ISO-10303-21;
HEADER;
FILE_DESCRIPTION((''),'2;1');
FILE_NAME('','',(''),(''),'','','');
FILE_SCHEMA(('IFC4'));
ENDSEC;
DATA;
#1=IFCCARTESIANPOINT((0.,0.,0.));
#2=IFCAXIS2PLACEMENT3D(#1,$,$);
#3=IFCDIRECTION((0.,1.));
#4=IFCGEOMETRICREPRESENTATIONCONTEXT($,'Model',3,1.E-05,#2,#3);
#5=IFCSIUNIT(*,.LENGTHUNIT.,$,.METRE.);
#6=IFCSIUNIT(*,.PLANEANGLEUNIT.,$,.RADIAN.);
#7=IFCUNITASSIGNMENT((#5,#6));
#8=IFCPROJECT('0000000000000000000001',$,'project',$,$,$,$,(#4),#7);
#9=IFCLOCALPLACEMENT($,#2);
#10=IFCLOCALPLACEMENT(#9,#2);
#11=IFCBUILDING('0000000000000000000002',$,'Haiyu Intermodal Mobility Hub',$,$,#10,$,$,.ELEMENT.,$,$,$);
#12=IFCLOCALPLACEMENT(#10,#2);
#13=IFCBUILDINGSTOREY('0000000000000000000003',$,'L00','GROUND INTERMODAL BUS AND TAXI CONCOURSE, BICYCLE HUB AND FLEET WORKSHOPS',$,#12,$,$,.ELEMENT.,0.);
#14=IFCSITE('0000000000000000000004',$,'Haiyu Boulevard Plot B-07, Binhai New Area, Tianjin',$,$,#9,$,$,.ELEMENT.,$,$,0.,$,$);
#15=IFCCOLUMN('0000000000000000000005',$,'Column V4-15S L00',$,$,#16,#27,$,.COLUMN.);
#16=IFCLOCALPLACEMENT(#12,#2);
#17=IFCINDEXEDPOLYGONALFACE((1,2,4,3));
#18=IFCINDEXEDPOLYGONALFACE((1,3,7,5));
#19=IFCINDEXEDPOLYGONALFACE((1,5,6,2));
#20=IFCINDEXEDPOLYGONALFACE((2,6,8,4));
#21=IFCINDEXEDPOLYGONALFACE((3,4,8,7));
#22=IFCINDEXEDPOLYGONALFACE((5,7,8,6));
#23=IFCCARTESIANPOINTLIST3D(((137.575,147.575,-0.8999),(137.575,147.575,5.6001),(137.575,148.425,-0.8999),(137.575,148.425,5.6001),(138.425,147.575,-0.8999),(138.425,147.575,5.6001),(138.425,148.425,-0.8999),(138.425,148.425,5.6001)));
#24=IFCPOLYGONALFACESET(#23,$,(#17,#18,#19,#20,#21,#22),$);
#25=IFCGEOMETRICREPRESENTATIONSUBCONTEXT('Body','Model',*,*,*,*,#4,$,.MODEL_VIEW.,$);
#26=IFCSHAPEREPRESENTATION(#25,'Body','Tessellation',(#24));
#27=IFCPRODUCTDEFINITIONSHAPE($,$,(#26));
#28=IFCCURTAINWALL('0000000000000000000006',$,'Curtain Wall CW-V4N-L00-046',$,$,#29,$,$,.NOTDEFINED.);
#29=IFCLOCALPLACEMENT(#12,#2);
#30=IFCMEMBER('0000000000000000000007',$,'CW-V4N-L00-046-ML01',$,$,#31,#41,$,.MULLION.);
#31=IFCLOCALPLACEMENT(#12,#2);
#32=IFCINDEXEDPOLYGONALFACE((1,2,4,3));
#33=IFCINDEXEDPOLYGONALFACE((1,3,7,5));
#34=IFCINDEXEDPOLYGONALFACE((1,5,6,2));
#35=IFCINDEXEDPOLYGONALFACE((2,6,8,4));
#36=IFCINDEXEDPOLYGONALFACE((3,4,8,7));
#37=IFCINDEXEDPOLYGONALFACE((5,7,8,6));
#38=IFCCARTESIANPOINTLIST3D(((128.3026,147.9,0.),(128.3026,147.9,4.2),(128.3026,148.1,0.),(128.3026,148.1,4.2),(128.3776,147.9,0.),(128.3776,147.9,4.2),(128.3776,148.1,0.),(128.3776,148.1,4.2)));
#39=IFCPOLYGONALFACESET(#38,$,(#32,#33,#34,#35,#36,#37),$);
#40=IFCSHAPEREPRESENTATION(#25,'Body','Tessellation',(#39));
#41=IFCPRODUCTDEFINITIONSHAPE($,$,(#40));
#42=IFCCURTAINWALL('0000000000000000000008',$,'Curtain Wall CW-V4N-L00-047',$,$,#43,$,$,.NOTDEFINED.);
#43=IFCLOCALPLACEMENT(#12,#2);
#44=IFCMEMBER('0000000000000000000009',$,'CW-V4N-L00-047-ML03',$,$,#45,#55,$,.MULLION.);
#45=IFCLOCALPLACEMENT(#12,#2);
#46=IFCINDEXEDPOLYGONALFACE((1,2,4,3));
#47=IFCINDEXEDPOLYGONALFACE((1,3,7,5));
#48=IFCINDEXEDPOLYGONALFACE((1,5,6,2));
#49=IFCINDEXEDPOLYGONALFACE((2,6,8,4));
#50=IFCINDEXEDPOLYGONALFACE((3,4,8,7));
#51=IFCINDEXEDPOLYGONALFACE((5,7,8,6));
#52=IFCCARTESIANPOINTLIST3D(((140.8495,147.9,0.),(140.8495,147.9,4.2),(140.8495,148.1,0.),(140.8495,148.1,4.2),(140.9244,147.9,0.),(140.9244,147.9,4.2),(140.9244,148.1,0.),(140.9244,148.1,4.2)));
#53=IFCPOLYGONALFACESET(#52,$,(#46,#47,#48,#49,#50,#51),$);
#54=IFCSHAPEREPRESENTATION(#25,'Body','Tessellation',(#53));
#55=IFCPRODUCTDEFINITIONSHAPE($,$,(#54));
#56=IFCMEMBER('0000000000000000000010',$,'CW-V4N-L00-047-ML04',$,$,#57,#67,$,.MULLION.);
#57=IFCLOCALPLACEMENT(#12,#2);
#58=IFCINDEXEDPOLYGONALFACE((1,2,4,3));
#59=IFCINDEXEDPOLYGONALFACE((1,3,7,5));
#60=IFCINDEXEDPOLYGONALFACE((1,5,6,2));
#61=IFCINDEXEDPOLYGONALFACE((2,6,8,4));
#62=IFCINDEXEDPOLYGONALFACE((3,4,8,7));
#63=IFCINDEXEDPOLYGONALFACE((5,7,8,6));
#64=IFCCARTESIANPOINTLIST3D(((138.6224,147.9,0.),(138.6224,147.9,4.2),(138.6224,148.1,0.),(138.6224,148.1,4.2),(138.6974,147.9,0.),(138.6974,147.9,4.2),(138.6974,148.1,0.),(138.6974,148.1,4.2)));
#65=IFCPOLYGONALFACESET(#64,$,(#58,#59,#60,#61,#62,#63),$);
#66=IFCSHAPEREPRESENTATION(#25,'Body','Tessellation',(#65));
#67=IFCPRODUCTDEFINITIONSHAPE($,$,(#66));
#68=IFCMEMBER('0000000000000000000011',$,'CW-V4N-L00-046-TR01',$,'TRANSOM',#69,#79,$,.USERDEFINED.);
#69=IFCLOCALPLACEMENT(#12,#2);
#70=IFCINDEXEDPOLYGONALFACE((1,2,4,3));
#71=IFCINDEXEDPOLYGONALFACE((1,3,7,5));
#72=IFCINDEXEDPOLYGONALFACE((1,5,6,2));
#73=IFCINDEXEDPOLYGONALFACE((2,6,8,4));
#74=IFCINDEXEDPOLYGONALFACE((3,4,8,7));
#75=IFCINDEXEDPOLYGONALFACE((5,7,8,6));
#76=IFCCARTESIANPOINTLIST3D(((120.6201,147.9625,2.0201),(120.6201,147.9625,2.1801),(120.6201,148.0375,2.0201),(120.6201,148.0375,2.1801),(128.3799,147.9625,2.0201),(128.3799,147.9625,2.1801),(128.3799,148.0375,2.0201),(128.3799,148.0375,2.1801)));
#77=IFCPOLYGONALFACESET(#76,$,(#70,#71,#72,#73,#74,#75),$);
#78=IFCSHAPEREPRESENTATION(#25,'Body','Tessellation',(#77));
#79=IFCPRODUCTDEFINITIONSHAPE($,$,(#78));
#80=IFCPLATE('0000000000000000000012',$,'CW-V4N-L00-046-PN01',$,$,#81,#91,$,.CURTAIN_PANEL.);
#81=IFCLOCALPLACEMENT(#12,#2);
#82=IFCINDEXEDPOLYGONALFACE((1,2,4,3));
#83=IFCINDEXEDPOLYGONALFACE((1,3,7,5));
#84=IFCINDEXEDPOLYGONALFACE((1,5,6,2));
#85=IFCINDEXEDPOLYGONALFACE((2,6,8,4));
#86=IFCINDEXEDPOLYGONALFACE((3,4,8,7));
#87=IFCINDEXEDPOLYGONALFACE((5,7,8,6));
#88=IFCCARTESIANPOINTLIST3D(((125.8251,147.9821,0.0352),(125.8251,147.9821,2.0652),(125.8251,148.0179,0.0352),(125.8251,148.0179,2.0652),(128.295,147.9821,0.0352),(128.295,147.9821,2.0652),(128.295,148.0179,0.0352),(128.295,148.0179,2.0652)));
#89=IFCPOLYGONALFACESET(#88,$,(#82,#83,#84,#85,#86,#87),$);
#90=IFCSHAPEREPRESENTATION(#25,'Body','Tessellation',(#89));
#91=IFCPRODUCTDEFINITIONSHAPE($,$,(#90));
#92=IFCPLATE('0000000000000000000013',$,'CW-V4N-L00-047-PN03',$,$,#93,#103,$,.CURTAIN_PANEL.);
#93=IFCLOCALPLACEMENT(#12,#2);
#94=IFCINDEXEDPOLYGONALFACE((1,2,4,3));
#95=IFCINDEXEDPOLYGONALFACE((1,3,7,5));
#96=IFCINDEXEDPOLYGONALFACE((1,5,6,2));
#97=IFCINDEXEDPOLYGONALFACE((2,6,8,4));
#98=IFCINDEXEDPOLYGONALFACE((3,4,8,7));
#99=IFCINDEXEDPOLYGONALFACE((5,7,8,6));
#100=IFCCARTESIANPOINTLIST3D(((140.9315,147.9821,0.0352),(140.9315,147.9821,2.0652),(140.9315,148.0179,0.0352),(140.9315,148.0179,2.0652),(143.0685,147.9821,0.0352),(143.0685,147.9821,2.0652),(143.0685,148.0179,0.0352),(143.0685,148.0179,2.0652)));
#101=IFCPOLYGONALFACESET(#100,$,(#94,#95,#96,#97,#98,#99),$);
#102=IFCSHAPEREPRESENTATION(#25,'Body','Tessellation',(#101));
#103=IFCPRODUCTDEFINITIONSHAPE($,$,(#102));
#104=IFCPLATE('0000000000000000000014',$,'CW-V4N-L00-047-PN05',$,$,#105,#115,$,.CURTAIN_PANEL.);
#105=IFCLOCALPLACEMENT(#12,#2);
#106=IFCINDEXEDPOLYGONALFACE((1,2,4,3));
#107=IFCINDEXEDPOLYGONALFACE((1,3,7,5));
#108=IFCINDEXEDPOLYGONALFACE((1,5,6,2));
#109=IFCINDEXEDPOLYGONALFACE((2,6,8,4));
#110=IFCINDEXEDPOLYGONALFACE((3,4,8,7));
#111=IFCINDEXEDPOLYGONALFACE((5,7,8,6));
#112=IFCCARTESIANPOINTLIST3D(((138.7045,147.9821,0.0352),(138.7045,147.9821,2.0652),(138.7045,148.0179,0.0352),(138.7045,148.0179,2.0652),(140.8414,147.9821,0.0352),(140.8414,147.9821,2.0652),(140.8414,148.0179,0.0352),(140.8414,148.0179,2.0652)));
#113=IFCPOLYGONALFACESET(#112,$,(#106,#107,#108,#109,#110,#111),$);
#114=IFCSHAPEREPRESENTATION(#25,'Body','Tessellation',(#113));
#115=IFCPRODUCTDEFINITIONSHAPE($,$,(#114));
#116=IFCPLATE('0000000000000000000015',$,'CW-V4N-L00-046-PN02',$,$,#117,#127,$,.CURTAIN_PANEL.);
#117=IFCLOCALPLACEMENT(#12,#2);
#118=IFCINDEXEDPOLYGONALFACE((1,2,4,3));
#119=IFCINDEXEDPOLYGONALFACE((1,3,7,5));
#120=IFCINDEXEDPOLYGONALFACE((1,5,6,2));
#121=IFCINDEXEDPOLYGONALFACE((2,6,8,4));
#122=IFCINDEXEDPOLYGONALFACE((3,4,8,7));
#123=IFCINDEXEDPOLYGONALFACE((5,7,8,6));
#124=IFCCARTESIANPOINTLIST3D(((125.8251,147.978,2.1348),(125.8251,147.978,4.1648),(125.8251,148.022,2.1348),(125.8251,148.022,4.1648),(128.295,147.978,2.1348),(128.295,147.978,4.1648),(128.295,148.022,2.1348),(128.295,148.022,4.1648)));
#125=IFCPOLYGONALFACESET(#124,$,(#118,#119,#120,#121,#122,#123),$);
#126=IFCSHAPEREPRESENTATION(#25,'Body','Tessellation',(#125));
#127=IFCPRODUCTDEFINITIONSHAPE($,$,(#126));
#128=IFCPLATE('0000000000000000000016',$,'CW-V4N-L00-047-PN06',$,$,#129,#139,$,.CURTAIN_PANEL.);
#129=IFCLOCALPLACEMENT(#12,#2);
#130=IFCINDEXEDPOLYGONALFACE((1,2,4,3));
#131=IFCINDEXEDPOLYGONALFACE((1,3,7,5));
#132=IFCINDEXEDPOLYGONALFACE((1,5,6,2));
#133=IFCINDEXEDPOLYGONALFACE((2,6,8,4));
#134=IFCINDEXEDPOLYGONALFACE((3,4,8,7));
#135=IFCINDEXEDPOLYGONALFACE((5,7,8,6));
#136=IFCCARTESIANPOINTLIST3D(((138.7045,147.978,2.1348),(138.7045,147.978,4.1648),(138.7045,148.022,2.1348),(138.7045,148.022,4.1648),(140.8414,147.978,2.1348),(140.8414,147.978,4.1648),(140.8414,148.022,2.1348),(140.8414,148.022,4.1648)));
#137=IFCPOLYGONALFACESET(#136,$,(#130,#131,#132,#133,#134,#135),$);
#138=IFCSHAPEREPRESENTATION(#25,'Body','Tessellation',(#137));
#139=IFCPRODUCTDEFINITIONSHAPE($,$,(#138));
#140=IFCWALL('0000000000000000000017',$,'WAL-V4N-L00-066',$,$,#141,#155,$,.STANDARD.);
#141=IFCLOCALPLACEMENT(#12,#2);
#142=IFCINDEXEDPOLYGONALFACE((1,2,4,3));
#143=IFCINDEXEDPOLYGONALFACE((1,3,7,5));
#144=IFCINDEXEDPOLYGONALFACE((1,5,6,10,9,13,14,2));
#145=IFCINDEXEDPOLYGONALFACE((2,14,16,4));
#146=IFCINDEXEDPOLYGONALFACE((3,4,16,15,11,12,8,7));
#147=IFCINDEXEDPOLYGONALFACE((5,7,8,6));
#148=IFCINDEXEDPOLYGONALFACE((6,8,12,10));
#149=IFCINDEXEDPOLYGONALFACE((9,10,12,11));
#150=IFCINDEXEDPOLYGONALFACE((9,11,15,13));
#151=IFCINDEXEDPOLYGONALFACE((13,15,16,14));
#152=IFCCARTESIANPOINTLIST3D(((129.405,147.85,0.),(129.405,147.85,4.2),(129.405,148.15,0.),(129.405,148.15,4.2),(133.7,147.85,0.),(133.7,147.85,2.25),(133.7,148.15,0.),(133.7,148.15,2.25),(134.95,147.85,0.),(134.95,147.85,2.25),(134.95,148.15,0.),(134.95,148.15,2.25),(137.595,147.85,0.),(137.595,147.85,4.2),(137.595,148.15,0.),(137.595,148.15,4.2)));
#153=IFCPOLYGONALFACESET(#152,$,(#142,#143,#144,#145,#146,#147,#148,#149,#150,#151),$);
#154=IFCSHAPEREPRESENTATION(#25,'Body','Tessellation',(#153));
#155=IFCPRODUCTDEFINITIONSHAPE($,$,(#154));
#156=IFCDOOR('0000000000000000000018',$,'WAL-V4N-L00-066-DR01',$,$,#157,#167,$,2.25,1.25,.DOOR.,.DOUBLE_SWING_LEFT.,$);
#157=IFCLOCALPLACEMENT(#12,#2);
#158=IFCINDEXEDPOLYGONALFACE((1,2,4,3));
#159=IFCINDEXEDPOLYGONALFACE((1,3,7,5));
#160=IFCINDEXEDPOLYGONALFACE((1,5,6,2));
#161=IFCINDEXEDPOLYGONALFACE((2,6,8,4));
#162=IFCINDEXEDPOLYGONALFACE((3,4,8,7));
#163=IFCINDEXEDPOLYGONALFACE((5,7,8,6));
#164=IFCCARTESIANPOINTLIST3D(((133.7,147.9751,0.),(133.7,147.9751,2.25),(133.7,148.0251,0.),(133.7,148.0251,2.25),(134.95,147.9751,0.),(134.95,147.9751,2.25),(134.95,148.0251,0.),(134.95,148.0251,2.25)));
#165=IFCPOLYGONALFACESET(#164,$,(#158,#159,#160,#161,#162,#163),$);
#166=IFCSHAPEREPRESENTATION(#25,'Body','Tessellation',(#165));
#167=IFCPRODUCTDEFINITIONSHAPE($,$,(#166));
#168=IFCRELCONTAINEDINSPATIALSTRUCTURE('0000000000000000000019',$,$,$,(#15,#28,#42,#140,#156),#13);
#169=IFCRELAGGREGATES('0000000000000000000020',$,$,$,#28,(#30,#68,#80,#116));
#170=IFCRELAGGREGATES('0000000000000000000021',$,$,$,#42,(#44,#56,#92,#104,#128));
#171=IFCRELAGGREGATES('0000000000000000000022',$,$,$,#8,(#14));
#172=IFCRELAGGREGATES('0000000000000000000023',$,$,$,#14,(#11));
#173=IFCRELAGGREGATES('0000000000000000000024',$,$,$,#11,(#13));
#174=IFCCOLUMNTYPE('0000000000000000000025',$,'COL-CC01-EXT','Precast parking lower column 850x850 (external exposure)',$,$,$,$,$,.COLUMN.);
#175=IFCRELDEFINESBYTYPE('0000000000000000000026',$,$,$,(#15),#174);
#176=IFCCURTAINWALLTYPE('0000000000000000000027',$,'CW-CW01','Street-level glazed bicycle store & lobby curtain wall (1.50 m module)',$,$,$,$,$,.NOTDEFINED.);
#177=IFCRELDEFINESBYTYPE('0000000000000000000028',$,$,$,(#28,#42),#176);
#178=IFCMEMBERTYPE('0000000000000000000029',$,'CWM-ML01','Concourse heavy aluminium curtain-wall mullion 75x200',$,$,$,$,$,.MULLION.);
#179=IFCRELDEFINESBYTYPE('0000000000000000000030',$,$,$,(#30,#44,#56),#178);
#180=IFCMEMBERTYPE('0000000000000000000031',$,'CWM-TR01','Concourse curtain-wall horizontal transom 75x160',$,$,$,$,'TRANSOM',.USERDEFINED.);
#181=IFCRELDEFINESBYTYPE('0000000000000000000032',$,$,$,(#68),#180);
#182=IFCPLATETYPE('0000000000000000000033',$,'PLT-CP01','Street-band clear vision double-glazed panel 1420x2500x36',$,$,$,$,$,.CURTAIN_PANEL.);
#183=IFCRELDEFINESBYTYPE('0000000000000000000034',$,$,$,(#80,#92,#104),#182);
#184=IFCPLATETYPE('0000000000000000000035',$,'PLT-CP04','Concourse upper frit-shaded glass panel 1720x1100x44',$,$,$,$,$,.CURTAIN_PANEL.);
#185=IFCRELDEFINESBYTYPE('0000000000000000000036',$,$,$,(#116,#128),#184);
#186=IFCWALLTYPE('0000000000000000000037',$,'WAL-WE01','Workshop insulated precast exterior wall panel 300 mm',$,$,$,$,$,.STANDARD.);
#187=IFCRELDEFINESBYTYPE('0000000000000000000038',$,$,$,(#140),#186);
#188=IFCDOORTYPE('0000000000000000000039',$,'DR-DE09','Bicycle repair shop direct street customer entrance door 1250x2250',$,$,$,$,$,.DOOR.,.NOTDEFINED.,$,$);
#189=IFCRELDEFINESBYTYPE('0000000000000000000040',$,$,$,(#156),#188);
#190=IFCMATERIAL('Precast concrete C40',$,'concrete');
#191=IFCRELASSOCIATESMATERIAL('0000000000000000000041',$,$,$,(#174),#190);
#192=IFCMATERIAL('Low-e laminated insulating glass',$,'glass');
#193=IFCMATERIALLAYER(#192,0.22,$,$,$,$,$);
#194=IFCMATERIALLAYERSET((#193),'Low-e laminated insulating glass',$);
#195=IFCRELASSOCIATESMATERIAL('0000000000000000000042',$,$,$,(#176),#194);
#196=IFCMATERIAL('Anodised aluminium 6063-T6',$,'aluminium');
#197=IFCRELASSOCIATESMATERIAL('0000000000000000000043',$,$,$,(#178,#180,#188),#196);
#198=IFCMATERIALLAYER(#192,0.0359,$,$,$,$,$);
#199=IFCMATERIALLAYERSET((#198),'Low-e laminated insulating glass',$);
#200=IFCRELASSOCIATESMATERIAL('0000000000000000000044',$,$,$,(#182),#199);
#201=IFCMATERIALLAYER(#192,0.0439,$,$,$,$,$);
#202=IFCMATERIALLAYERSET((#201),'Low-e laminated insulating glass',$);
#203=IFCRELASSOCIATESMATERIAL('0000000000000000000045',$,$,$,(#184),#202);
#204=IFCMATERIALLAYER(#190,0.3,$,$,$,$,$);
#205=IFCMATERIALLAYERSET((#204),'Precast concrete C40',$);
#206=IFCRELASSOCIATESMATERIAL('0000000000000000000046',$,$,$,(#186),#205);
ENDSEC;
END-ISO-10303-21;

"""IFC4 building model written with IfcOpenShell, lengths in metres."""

from ifc_helpers import new_model, si_unit, direction, frame, frame_2d, origin, origin_2d, place, context, subcontext, project, spatial, rectangle, extrude, material, layer, layer_set, material_profile, profile_set, type_object, element, fill, aggregate, save


model = new_model("IFC4")

# Units and contexts
model_context = context("Model", 3, precision=1e-05, world=origin(), true_north=direction((0.0, 1.0)))
body_context = subcontext(model_context, "Body", "Model", "MODEL_VIEW")
ifc_project = project(units=[si_unit("LENGTHUNIT", "METRE"), si_unit("PLANEANGLEUNIT", "RADIAN")], contexts=[model_context])

# Site, building, storey
site_placement = place(None, origin())
site = spatial("IfcSite", under=ifc_project, at=site_placement, Name="Haiyu Boulevard Plot B-07, Binhai New Area, Tianjin", CompositionType="ELEMENT", RefElevation=0.0)
building_placement = place(site_placement, origin())
building = spatial("IfcBuilding", under=site, at=building_placement, Name="Haiyu Intermodal Mobility Hub", CompositionType="ELEMENT")
storey_placement = place(building_placement, origin())
storey = spatial("IfcBuildingStorey", under=building, at=storey_placement, Name="L00", Description="GROUND INTERMODAL BUS AND TAXI CONCOURSE, BICYCLE HUB AND FLEET WORKSHOPS", CompositionType="ELEMENT", Elevation=0.0)

# Column
ifc_material_1 = material(Name="Precast concrete C40", Category="concrete")
ifc_material_profile_1 = material_profile(ifc_material_1, rectangle(XDim=0.8501, YDim=0.8501, at=origin_2d()), Name="RC850x850")
ifc_profile_set_1 = profile_set([ifc_material_profile_1], Name="Precast concrete C40")
column_type = type_object("IfcColumnType", Name="COL-CC01-EXT", Description="Precast parking lower column 850x850 (external exposure)", PredefinedType="COLUMN", material=ifc_profile_set_1)
for number, where, z_axis, x_axis, name in (
    (1, (138.0, 148.0, -0.8999), (0.0, 0.0, 1.0), (1.0, 0.0, 0.0), "Column V4-15S L00"),
):
    element("IfcColumn", number, at=place(storey_placement, frame(where, z_axis=z_axis, x_axis=x_axis)), inside=storey, type_object=column_type, Name=name, PredefinedType="COLUMN", context=body_context, shape_type="SweptSolid", body=[
        extrude(rectangle(XDim=0.8501, YDim=0.8501, at=origin_2d()), origin(), (0.0, 0.0, 1.0), 6.5),
    ])

# Curtain wall, member
ifc_material_2 = material(Name="Low-e laminated insulating glass", Category="glass")
ifc_layer_1 = layer(ifc_material_2, 0.22)
ifc_layer_set_1 = layer_set([ifc_layer_1], Name="Low-e laminated insulating glass")
curtain_wall_type = type_object("IfcCurtainWallType", Name="CW-CW01", Description="Street-level glazed bicycle store & lobby curtain wall (1.50 m module)", PredefinedType="NOTDEFINED", material=ifc_layer_set_1)
curtain_wall_1_placement = place(storey_placement, origin())
curtain_wall_1 = element("IfcCurtainWall", 2, at=curtain_wall_1_placement, inside=storey, type_object=curtain_wall_type, Name="Curtain Wall CW-V4N-L00-046", PredefinedType="NOTDEFINED")
ifc_material_3 = material(Name="Anodised aluminium 6063-T6", Category="aluminium")
ifc_material_profile_2 = material_profile(ifc_material_3, rectangle(XDim=0.075, YDim=0.2, at=origin_2d()), Name="ALU75x200")
ifc_profile_set_2 = profile_set([ifc_material_profile_2], Name="Anodised aluminium 6063-T6")
member_type_1 = type_object("IfcMemberType", Name="CWM-ML01", Description="Concourse heavy aluminium curtain-wall mullion 75x200", PredefinedType="MULLION", material=ifc_profile_set_2)
member_1_placement = place(storey_placement, frame((128.3401, 148.0, 0.0), z_axis=(0.0, 0.0, 1.0), x_axis=(1.0, 0.0, 0.0)))
member_1 = element("IfcMember", 3, at=member_1_placement, type_object=member_type_1, Name="CW-V4N-L00-046-ML01", PredefinedType="MULLION", context=body_context, shape_type="SweptSolid", body=[
    extrude(rectangle(XDim=0.075, YDim=0.2, at=origin_2d()), origin(), (0.0, 0.0, 1.0), 4.2),
])

# Curtain wall, members
curtain_wall_2_placement = place(storey_placement, origin())
curtain_wall_2 = element("IfcCurtainWall", 4, at=curtain_wall_2_placement, inside=storey, type_object=curtain_wall_type, Name="Curtain Wall CW-V4N-L00-047", PredefinedType="NOTDEFINED")
member_2_placement = place(storey_placement, frame((140.887, 148.0, 0.0), z_axis=(0.0, 0.0, 1.0), x_axis=(1.0, 0.0, 0.0)))
member_2 = element("IfcMember", 5, at=member_2_placement, type_object=member_type_1, Name="CW-V4N-L00-047-ML03", PredefinedType="MULLION", context=body_context, shape_type="SweptSolid", body=[
    extrude(rectangle(XDim=0.075, YDim=0.2, at=origin_2d()), origin(), (0.0, 0.0, 1.0), 4.2),
])
member_3_placement = place(storey_placement, frame((138.6599, 148.0, 0.0), z_axis=(0.0, 0.0, 1.0), x_axis=(1.0, 0.0, 0.0)))
member_3 = element("IfcMember", 6, at=member_3_placement, type_object=member_type_1, Name="CW-V4N-L00-047-ML04", PredefinedType="MULLION", context=body_context, shape_type="SweptSolid", body=[
    extrude(rectangle(XDim=0.075, YDim=0.2, at=origin_2d()), origin(), (0.0, 0.0, 1.0), 4.2),
])

# Member
ifc_material_profile_3 = material_profile(ifc_material_3, rectangle(XDim=0.075, YDim=0.1599, at=origin_2d()), Name="ALU75x160")
ifc_profile_set_3 = profile_set([ifc_material_profile_3], Name="Anodised aluminium 6063-T6")
member_type_2 = type_object("IfcMemberType", Name="CWM-TR01", Description="Concourse curtain-wall horizontal transom 75x160", ElementType="TRANSOM", PredefinedType="USERDEFINED", material=ifc_profile_set_3)
member_4_placement = place(storey_placement, frame((128.3799, 148.0, 2.1001), z_axis=(-1.0, 0.0, 0.0), x_axis=(0.0, -1.0, 0.0)))
member_4 = element("IfcMember", 7, at=member_4_placement, type_object=member_type_2, Name="CW-V4N-L00-046-TR01", ObjectType="TRANSOM", PredefinedType="USERDEFINED", context=body_context, shape_type="SweptSolid", body=[
    extrude(rectangle(XDim=0.075, YDim=0.1599, at=origin_2d()), origin(), (0.0, 0.0, 1.0), 7.7598),
])

# Plates
ifc_layer_2 = layer(ifc_material_2, 0.0359)
ifc_layer_set_2 = layer_set([ifc_layer_2], Name="Low-e laminated insulating glass")
plate_type_1 = type_object("IfcPlateType", Name="PLT-CP01", Description="Street-band clear vision double-glazed panel 1420x2500x36", PredefinedType="CURTAIN_PANEL", material=ifc_layer_set_2)
plate_1_placement = place(storey_placement, frame((127.0601, 148.0, 0.0352), z_axis=(0.0, 0.0, 1.0), x_axis=(-1.0, 0.0, 0.0)))
plate_1 = element("IfcPlate", 8, at=plate_1_placement, type_object=plate_type_1, Name="CW-V4N-L00-046-PN01", PredefinedType="CURTAIN_PANEL", context=body_context, shape_type="SweptSolid", body=[
    extrude(rectangle(XDim=2.47, YDim=0.0359, at=origin_2d()), origin(), (0.0, 0.0, 1.0), 2.03),
])
plate_2_placement = place(storey_placement, frame((142.0, 148.0, 0.0352), z_axis=(0.0, 0.0, 1.0), x_axis=(-1.0, 0.0, 0.0)))
plate_2 = element("IfcPlate", 9, at=plate_2_placement, type_object=plate_type_1, Name="CW-V4N-L00-047-PN03", PredefinedType="CURTAIN_PANEL", context=body_context, shape_type="SweptSolid", body=[
    extrude(rectangle(XDim=2.137, YDim=0.0359, at=origin_2d()), origin(), (0.0, 0.0, 1.0), 2.03),
])
plate_3_placement = place(storey_placement, frame((139.7729, 148.0, 0.0352), z_axis=(0.0, 0.0, 1.0), x_axis=(-1.0, 0.0, 0.0)))
plate_3 = element("IfcPlate", 10, at=plate_3_placement, type_object=plate_type_1, Name="CW-V4N-L00-047-PN05", PredefinedType="CURTAIN_PANEL", context=body_context, shape_type="SweptSolid", body=[
    extrude(rectangle(XDim=2.137, YDim=0.0359, at=origin_2d()), origin(), (0.0, 0.0, 1.0), 2.03),
])
ifc_layer_3 = layer(ifc_material_2, 0.0439)
ifc_layer_set_3 = layer_set([ifc_layer_3], Name="Low-e laminated insulating glass")
plate_type_2 = type_object("IfcPlateType", Name="PLT-CP04", Description="Concourse upper frit-shaded glass panel 1720x1100x44", PredefinedType="CURTAIN_PANEL", material=ifc_layer_set_3)
plate_4_placement = place(storey_placement, frame((127.0601, 148.0, 2.1348), z_axis=(0.0, 0.0, 1.0), x_axis=(-1.0, 0.0, 0.0)))
plate_4 = element("IfcPlate", 11, at=plate_4_placement, type_object=plate_type_2, Name="CW-V4N-L00-046-PN02", PredefinedType="CURTAIN_PANEL", context=body_context, shape_type="SweptSolid", body=[
    extrude(rectangle(XDim=2.47, YDim=0.0439, at=origin_2d()), origin(), (0.0, 0.0, 1.0), 2.03),
])
aggregate(curtain_wall_1, [member_1, member_4, plate_1, plate_4])
plate_5_placement = place(storey_placement, frame((139.7729, 148.0, 2.1348), z_axis=(0.0, 0.0, 1.0), x_axis=(-1.0, 0.0, 0.0)))
plate_5 = element("IfcPlate", 12, at=plate_5_placement, type_object=plate_type_2, Name="CW-V4N-L00-047-PN06", PredefinedType="CURTAIN_PANEL", context=body_context, shape_type="SweptSolid", body=[
    extrude(rectangle(XDim=2.137, YDim=0.0439, at=origin_2d()), origin(), (0.0, 0.0, 1.0), 2.03),
])
aggregate(curtain_wall_2, [member_2, member_3, plate_2, plate_3, plate_5])

# Wall, opening, door
ifc_layer_4 = layer(ifc_material_1, 0.3)
ifc_layer_set_4 = layer_set([ifc_layer_4], Name="Precast concrete C40")
wall_type = type_object("IfcWallType", Name="WAL-WE01", Description="Workshop insulated precast exterior wall panel 300 mm", PredefinedType="STANDARD", material=ifc_layer_set_4)
wall_placement = place(storey_placement, frame((137.595, 148.0, 0.0), z_axis=(0.0, 0.0, 1.0), x_axis=(-1.0, 0.0, 0.0)))
wall = element("IfcWall", 13, at=wall_placement, inside=storey, type_object=wall_type, Name="WAL-V4N-L00-066", PredefinedType="STANDARD", context=body_context, shape_type="SweptSolid", body=[
    extrude(rectangle(XDim=8.1899, YDim=0.3, at=frame_2d((4.095, 0.0))), origin(), (0.0, 0.0, 1.0), 4.2),
])
opening_placement = place(wall_placement, frame((2.645, 0.0, 0.0)))
opening = element("IfcOpeningElement", 14, at=opening_placement, cuts=wall, PredefinedType="OPENING", context=body_context, shape_type="SweptSolid", body=[
    extrude(rectangle(XDim=1.25, YDim=2.25, at=frame_2d((0.625, 1.125))), frame((0.0, 0.1602, 0.0), z_axis=(0.0, -1.0, 0.0), x_axis=(1.0, 0.0, 0.0)), (0.0, 0.0, 1.0), 0.3201),
])
door_type = type_object("IfcDoorType", Name="DR-DE09", Description="Bicycle repair shop direct street customer entrance door 1250x2250", OperationType="NOTDEFINED", PredefinedType="DOOR", material=ifc_material_3)
door_placement = place(opening_placement, origin())
door = element("IfcDoor", 15, at=door_placement, inside=storey, type_object=door_type, Name="WAL-V4N-L00-066-DR01", OperationType="DOUBLE_SWING_LEFT", OverallHeight=2.25, OverallWidth=1.25, PredefinedType="DOOR", context=body_context, shape_type="SweptSolid", body=[
    extrude(rectangle(XDim=1.25, YDim=2.25, at=frame_2d((0.625, 1.125))), frame((0.0, 0.0249, 0.0), z_axis=(0.0, -1.0, 0.0), x_axis=(1.0, 0.0, 0.0)), (0.0, 0.0, 1.0), 0.05),
])
fill(opening, door)

save(model, "model.ifc")
